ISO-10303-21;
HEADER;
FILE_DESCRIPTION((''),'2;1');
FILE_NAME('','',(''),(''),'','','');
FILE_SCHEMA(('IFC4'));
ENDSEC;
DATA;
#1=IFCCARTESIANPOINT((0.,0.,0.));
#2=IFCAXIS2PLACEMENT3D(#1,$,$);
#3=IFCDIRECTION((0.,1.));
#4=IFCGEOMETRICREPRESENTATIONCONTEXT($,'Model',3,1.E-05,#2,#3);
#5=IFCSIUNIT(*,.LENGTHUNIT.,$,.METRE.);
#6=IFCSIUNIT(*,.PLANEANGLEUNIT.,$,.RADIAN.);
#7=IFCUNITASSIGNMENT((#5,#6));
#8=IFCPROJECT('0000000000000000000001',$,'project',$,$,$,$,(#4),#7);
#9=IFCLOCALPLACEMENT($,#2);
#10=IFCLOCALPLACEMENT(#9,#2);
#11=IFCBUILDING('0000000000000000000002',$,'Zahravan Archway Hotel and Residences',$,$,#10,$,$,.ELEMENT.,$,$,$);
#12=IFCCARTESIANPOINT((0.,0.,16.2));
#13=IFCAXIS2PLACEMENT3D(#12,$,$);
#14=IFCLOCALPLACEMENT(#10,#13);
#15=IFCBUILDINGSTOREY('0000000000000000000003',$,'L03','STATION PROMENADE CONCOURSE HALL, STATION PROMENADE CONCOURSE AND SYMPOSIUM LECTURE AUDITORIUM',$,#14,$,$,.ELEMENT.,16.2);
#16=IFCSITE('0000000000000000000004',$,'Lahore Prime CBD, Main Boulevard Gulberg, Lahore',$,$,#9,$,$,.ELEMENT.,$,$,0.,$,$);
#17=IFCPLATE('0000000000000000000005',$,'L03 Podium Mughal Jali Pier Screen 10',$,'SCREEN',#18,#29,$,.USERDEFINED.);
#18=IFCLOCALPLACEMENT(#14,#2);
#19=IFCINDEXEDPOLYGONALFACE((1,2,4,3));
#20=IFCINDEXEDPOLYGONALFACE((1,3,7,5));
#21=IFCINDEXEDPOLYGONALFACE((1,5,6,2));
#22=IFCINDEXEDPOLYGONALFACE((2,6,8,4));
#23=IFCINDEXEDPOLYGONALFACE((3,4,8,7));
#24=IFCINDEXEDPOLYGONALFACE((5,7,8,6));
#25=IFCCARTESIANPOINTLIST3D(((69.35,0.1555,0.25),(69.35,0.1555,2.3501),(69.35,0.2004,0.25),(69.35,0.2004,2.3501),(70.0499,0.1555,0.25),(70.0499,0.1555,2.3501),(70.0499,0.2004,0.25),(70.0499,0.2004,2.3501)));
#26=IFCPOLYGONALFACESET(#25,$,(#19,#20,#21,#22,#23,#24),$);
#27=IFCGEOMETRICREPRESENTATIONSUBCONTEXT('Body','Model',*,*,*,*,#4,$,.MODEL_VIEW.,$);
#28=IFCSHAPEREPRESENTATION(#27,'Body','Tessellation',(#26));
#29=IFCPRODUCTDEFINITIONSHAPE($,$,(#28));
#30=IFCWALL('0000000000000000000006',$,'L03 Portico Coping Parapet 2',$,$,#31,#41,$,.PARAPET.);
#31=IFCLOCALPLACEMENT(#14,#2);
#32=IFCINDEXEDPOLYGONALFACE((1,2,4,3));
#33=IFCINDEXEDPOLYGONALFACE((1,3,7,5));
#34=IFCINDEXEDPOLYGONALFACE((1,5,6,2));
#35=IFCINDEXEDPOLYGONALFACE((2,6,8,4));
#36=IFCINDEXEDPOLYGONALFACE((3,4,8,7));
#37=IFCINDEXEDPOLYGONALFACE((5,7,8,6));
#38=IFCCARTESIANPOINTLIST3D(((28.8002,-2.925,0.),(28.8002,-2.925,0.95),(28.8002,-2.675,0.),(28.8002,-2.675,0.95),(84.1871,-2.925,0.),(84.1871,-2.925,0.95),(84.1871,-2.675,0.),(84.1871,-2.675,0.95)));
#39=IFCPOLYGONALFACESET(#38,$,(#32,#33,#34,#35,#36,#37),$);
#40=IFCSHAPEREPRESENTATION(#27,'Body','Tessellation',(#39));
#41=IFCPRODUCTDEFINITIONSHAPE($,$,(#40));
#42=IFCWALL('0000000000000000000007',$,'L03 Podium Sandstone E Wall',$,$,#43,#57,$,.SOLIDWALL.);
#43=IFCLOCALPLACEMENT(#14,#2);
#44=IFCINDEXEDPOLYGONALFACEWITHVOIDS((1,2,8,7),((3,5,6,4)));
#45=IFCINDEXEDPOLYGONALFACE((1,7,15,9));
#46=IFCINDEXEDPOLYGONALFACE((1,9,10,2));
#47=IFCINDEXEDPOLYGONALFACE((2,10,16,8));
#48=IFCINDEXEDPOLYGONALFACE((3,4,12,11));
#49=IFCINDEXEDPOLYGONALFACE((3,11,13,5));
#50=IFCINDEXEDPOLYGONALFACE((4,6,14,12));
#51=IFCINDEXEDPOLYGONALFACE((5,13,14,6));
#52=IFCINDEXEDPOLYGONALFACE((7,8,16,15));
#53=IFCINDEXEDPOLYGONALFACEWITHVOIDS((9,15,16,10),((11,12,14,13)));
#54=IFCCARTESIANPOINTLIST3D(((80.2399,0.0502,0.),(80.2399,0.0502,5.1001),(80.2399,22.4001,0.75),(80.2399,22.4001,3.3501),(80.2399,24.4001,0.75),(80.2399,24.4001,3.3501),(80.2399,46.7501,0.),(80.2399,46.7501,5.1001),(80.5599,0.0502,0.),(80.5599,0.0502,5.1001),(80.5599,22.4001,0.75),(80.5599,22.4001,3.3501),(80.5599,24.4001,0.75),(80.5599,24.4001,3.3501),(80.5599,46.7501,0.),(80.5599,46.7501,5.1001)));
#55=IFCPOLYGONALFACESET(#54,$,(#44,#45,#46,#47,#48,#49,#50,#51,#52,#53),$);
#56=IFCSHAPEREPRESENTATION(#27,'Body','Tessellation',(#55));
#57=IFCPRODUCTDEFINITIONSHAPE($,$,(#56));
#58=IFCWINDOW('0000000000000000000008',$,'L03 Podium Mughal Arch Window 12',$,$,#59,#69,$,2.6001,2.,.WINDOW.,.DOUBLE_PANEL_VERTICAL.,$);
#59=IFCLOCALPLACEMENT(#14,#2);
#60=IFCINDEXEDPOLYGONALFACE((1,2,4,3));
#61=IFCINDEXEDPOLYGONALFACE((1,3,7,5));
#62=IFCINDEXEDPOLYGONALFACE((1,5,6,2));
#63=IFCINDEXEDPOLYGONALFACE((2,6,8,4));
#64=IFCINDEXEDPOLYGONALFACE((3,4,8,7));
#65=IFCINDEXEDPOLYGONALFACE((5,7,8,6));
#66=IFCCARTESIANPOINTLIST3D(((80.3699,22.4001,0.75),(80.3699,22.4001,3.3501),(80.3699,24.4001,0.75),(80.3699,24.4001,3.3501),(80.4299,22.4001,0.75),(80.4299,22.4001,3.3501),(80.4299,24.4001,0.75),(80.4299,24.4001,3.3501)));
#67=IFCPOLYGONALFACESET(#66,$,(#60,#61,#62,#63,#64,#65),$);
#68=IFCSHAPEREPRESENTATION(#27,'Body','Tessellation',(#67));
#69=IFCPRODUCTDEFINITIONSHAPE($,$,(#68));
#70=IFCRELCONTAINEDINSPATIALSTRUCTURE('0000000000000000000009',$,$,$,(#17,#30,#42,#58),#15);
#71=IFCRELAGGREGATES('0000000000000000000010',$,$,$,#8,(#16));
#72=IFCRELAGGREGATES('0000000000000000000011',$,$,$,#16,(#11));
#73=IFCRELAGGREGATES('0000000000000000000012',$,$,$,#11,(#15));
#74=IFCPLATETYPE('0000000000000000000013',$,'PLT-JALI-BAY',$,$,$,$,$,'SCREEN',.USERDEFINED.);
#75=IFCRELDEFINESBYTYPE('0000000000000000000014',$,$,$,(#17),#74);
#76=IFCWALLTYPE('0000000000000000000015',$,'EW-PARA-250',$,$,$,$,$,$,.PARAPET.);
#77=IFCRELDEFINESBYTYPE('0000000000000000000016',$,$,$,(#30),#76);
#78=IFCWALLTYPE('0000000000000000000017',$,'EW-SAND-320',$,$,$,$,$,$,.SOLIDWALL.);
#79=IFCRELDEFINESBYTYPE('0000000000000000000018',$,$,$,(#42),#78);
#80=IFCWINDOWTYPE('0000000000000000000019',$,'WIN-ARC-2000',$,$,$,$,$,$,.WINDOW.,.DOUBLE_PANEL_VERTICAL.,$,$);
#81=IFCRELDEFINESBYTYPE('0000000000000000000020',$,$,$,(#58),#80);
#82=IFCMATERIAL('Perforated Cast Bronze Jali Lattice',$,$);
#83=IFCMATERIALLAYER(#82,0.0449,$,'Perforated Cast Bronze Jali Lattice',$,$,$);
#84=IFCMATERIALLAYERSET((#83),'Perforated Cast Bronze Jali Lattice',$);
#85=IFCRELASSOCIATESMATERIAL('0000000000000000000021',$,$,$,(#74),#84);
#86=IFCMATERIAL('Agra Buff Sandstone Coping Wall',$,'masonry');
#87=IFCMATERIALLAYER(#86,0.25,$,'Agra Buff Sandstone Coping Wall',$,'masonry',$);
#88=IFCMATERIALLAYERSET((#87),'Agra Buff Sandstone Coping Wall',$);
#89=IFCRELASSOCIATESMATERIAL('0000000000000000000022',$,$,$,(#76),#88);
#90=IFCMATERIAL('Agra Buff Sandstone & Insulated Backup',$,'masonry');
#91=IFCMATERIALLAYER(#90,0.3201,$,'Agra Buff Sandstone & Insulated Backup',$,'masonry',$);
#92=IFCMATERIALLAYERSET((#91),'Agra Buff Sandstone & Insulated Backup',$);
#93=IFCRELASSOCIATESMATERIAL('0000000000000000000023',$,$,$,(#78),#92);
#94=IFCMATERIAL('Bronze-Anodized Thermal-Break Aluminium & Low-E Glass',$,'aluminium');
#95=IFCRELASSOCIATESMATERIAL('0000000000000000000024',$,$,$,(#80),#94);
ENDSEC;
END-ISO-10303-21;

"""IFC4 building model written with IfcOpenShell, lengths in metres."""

from ifc_helpers import new_model, si_unit, direction, frame, frame_2d, origin, origin_2d, place, context, subcontext, project, spatial, rectangle, extrude, source, transform, mapped, material, layer, layer_set, type_object, type_shapes, element, fill, save


model = new_model("IFC4")

# Units and contexts
model_context = context("Model", 3, precision=1e-05, world=origin(), true_north=direction((0.0, 1.0)))
body_context = subcontext(model_context, "Body", "Model", "MODEL_VIEW")
ifc_project = project(units=[si_unit("LENGTHUNIT", "METRE"), si_unit("PLANEANGLEUNIT", "RADIAN")], contexts=[model_context])

# Site, building, storey
site_placement = place(None, origin())
site = spatial("IfcSite", under=ifc_project, at=site_placement, Name="Lahore Prime CBD, Main Boulevard Gulberg, Lahore", CompositionType="ELEMENT", RefElevation=0.0)
building_placement = place(site_placement, origin())
building = spatial("IfcBuilding", under=site, at=building_placement, Name="Zahravan Archway Hotel and Residences", CompositionType="ELEMENT")
storey_placement = place(building_placement, frame((0.0, 0.0, 16.2)))
storey = spatial("IfcBuildingStorey", under=building, at=storey_placement, Name="L03", Description="STATION PROMENADE CONCOURSE HALL, STATION PROMENADE CONCOURSE AND SYMPOSIUM LECTURE AUDITORIUM", CompositionType="ELEMENT", Elevation=16.2)

# Plate
ifc_material_1 = material(Name="Perforated Cast Bronze Jali Lattice")
ifc_layer_1 = layer(ifc_material_1, 0.0449, Name="Perforated Cast Bronze Jali Lattice")
ifc_layer_set_1 = layer_set([ifc_layer_1], Name="Perforated Cast Bronze Jali Lattice")
plate_type = type_object("IfcPlateType", Name="PLT-JALI-BAY", ElementType="SCREEN", PredefinedType="USERDEFINED", material=ifc_layer_set_1)
shared_shape_1 = source(origin(), body_context, "Body", "SweptSolid", [
    extrude(rectangle(XDim=0.7, YDim=0.0449, at=origin_2d()), origin(), (0.0, 0.0, 1.0), 2.1001),
])
type_shapes(plate_type, [shared_shape_1])
for number, where, z_axis, x_axis, name in (
    (1, (69.7, 0.178, 0.25), (0.0, 0.0, 1.0), (1.0, 0.0, 0.0), "L03 Podium Mughal Jali Pier Screen 10"),
):
    element("IfcPlate", number, at=place(storey_placement, frame(where, z_axis=z_axis, x_axis=x_axis)), inside=storey, type_object=plate_type, Name=name, ObjectType="SCREEN", PredefinedType="USERDEFINED", context=body_context, shape_type="MappedRepresentation", body=[
        mapped(shared_shape_1, transform((0.0, 0.0, 0.0), scale=1.0)),
    ])

# Wall
ifc_material_2 = material(Name="Agra Buff Sandstone Coping Wall", Category="masonry")
ifc_layer_2 = layer(ifc_material_2, 0.25, Name="Agra Buff Sandstone Coping Wall", Category="masonry")
ifc_layer_set_2 = layer_set([ifc_layer_2], Name="Agra Buff Sandstone Coping Wall")
wall_type_1 = type_object("IfcWallType", Name="EW-PARA-250", PredefinedType="PARAPET", material=ifc_layer_set_2)
wall_1_placement = place(storey_placement, frame((84.187, -2.8, 0.0), z_axis=(0.0, 0.0, 1.0), x_axis=(-1.0, 0.0, 0.0)))
element("IfcWall", 2, at=wall_1_placement, inside=storey, type_object=wall_type_1, Name="L03 Portico Coping Parapet 2", PredefinedType="PARAPET", context=body_context, shape_type="SweptSolid", body=[
    extrude(rectangle(XDim=55.387, YDim=0.25, at=frame_2d((27.6934, 0.0))), origin(), (0.0, 0.0, 1.0), 0.95),
])

# Wall, opening, window
ifc_material_3 = material(Name="Agra Buff Sandstone & Insulated Backup", Category="masonry")
ifc_layer_3 = layer(ifc_material_3, 0.3201, Name="Agra Buff Sandstone & Insulated Backup", Category="masonry")
ifc_layer_set_3 = layer_set([ifc_layer_3], Name="Agra Buff Sandstone & Insulated Backup")
wall_type_2 = type_object("IfcWallType", Name="EW-SAND-320", PredefinedType="SOLIDWALL", material=ifc_layer_set_3)
wall_2_placement = place(storey_placement, frame((80.3999, 0.05, 0.0), z_axis=(0.0, 0.0, 1.0), x_axis=(0.0, 1.0, 0.0)))
wall_2 = element("IfcWall", 3, at=wall_2_placement, inside=storey, type_object=wall_type_2, Name="L03 Podium Sandstone E Wall", PredefinedType="SOLIDWALL", context=body_context, shape_type="SweptSolid", body=[
    extrude(rectangle(XDim=46.7, YDim=0.3201, at=frame_2d((23.3501, 0.0))), origin(), (0.0, 0.0, 1.0), 5.1001),
])
opening_placement = place(wall_2_placement, frame((22.3501, 0.0, 0.75)))
opening = element("IfcOpeningElement", 4, at=opening_placement, cuts=wall_2, PredefinedType="OPENING", context=body_context, shape_type="SweptSolid", body=[
    extrude(rectangle(XDim=2.0, YDim=2.6001, at=frame_2d((1.0, 1.3))), frame((0.0, 0.1699, 0.0), z_axis=(0.0, -1.0, 0.0), x_axis=(1.0, 0.0, 0.0)), (0.0, 0.0, 1.0), 0.3401),
])
ifc_material_4 = material(Name="Bronze-Anodized Thermal-Break Aluminium & Low-E Glass", Category="aluminium")
window_type = type_object("IfcWindowType", Name="WIN-ARC-2000", PartitioningType="DOUBLE_PANEL_VERTICAL", PredefinedType="WINDOW", material=ifc_material_4)
shared_shape_2 = source(origin(), body_context, "Body", "SweptSolid", [
    extrude(rectangle(XDim=2.0, YDim=2.6001, at=frame_2d((1.0, 1.3))), frame((0.0, 0.03, 0.0), z_axis=(0.0, -1.0, 0.0), x_axis=(1.0, 0.0, 0.0)), (0.0, 0.0, 1.0), 0.0601),
])
type_shapes(window_type, [shared_shape_2])
window_placement = place(opening_placement, origin())
window = element("IfcWindow", 5, at=window_placement, inside=storey, type_object=window_type, Name="L03 Podium Mughal Arch Window 12", OverallHeight=2.6001, OverallWidth=2.0, PartitioningType="DOUBLE_PANEL_VERTICAL", PredefinedType="WINDOW", context=body_context, shape_type="MappedRepresentation", body=[
    mapped(shared_shape_2, transform((0.0, 0.0, 0.0), scale=1.0)),
])
fill(opening, window)

save(model, "model.ifc")
